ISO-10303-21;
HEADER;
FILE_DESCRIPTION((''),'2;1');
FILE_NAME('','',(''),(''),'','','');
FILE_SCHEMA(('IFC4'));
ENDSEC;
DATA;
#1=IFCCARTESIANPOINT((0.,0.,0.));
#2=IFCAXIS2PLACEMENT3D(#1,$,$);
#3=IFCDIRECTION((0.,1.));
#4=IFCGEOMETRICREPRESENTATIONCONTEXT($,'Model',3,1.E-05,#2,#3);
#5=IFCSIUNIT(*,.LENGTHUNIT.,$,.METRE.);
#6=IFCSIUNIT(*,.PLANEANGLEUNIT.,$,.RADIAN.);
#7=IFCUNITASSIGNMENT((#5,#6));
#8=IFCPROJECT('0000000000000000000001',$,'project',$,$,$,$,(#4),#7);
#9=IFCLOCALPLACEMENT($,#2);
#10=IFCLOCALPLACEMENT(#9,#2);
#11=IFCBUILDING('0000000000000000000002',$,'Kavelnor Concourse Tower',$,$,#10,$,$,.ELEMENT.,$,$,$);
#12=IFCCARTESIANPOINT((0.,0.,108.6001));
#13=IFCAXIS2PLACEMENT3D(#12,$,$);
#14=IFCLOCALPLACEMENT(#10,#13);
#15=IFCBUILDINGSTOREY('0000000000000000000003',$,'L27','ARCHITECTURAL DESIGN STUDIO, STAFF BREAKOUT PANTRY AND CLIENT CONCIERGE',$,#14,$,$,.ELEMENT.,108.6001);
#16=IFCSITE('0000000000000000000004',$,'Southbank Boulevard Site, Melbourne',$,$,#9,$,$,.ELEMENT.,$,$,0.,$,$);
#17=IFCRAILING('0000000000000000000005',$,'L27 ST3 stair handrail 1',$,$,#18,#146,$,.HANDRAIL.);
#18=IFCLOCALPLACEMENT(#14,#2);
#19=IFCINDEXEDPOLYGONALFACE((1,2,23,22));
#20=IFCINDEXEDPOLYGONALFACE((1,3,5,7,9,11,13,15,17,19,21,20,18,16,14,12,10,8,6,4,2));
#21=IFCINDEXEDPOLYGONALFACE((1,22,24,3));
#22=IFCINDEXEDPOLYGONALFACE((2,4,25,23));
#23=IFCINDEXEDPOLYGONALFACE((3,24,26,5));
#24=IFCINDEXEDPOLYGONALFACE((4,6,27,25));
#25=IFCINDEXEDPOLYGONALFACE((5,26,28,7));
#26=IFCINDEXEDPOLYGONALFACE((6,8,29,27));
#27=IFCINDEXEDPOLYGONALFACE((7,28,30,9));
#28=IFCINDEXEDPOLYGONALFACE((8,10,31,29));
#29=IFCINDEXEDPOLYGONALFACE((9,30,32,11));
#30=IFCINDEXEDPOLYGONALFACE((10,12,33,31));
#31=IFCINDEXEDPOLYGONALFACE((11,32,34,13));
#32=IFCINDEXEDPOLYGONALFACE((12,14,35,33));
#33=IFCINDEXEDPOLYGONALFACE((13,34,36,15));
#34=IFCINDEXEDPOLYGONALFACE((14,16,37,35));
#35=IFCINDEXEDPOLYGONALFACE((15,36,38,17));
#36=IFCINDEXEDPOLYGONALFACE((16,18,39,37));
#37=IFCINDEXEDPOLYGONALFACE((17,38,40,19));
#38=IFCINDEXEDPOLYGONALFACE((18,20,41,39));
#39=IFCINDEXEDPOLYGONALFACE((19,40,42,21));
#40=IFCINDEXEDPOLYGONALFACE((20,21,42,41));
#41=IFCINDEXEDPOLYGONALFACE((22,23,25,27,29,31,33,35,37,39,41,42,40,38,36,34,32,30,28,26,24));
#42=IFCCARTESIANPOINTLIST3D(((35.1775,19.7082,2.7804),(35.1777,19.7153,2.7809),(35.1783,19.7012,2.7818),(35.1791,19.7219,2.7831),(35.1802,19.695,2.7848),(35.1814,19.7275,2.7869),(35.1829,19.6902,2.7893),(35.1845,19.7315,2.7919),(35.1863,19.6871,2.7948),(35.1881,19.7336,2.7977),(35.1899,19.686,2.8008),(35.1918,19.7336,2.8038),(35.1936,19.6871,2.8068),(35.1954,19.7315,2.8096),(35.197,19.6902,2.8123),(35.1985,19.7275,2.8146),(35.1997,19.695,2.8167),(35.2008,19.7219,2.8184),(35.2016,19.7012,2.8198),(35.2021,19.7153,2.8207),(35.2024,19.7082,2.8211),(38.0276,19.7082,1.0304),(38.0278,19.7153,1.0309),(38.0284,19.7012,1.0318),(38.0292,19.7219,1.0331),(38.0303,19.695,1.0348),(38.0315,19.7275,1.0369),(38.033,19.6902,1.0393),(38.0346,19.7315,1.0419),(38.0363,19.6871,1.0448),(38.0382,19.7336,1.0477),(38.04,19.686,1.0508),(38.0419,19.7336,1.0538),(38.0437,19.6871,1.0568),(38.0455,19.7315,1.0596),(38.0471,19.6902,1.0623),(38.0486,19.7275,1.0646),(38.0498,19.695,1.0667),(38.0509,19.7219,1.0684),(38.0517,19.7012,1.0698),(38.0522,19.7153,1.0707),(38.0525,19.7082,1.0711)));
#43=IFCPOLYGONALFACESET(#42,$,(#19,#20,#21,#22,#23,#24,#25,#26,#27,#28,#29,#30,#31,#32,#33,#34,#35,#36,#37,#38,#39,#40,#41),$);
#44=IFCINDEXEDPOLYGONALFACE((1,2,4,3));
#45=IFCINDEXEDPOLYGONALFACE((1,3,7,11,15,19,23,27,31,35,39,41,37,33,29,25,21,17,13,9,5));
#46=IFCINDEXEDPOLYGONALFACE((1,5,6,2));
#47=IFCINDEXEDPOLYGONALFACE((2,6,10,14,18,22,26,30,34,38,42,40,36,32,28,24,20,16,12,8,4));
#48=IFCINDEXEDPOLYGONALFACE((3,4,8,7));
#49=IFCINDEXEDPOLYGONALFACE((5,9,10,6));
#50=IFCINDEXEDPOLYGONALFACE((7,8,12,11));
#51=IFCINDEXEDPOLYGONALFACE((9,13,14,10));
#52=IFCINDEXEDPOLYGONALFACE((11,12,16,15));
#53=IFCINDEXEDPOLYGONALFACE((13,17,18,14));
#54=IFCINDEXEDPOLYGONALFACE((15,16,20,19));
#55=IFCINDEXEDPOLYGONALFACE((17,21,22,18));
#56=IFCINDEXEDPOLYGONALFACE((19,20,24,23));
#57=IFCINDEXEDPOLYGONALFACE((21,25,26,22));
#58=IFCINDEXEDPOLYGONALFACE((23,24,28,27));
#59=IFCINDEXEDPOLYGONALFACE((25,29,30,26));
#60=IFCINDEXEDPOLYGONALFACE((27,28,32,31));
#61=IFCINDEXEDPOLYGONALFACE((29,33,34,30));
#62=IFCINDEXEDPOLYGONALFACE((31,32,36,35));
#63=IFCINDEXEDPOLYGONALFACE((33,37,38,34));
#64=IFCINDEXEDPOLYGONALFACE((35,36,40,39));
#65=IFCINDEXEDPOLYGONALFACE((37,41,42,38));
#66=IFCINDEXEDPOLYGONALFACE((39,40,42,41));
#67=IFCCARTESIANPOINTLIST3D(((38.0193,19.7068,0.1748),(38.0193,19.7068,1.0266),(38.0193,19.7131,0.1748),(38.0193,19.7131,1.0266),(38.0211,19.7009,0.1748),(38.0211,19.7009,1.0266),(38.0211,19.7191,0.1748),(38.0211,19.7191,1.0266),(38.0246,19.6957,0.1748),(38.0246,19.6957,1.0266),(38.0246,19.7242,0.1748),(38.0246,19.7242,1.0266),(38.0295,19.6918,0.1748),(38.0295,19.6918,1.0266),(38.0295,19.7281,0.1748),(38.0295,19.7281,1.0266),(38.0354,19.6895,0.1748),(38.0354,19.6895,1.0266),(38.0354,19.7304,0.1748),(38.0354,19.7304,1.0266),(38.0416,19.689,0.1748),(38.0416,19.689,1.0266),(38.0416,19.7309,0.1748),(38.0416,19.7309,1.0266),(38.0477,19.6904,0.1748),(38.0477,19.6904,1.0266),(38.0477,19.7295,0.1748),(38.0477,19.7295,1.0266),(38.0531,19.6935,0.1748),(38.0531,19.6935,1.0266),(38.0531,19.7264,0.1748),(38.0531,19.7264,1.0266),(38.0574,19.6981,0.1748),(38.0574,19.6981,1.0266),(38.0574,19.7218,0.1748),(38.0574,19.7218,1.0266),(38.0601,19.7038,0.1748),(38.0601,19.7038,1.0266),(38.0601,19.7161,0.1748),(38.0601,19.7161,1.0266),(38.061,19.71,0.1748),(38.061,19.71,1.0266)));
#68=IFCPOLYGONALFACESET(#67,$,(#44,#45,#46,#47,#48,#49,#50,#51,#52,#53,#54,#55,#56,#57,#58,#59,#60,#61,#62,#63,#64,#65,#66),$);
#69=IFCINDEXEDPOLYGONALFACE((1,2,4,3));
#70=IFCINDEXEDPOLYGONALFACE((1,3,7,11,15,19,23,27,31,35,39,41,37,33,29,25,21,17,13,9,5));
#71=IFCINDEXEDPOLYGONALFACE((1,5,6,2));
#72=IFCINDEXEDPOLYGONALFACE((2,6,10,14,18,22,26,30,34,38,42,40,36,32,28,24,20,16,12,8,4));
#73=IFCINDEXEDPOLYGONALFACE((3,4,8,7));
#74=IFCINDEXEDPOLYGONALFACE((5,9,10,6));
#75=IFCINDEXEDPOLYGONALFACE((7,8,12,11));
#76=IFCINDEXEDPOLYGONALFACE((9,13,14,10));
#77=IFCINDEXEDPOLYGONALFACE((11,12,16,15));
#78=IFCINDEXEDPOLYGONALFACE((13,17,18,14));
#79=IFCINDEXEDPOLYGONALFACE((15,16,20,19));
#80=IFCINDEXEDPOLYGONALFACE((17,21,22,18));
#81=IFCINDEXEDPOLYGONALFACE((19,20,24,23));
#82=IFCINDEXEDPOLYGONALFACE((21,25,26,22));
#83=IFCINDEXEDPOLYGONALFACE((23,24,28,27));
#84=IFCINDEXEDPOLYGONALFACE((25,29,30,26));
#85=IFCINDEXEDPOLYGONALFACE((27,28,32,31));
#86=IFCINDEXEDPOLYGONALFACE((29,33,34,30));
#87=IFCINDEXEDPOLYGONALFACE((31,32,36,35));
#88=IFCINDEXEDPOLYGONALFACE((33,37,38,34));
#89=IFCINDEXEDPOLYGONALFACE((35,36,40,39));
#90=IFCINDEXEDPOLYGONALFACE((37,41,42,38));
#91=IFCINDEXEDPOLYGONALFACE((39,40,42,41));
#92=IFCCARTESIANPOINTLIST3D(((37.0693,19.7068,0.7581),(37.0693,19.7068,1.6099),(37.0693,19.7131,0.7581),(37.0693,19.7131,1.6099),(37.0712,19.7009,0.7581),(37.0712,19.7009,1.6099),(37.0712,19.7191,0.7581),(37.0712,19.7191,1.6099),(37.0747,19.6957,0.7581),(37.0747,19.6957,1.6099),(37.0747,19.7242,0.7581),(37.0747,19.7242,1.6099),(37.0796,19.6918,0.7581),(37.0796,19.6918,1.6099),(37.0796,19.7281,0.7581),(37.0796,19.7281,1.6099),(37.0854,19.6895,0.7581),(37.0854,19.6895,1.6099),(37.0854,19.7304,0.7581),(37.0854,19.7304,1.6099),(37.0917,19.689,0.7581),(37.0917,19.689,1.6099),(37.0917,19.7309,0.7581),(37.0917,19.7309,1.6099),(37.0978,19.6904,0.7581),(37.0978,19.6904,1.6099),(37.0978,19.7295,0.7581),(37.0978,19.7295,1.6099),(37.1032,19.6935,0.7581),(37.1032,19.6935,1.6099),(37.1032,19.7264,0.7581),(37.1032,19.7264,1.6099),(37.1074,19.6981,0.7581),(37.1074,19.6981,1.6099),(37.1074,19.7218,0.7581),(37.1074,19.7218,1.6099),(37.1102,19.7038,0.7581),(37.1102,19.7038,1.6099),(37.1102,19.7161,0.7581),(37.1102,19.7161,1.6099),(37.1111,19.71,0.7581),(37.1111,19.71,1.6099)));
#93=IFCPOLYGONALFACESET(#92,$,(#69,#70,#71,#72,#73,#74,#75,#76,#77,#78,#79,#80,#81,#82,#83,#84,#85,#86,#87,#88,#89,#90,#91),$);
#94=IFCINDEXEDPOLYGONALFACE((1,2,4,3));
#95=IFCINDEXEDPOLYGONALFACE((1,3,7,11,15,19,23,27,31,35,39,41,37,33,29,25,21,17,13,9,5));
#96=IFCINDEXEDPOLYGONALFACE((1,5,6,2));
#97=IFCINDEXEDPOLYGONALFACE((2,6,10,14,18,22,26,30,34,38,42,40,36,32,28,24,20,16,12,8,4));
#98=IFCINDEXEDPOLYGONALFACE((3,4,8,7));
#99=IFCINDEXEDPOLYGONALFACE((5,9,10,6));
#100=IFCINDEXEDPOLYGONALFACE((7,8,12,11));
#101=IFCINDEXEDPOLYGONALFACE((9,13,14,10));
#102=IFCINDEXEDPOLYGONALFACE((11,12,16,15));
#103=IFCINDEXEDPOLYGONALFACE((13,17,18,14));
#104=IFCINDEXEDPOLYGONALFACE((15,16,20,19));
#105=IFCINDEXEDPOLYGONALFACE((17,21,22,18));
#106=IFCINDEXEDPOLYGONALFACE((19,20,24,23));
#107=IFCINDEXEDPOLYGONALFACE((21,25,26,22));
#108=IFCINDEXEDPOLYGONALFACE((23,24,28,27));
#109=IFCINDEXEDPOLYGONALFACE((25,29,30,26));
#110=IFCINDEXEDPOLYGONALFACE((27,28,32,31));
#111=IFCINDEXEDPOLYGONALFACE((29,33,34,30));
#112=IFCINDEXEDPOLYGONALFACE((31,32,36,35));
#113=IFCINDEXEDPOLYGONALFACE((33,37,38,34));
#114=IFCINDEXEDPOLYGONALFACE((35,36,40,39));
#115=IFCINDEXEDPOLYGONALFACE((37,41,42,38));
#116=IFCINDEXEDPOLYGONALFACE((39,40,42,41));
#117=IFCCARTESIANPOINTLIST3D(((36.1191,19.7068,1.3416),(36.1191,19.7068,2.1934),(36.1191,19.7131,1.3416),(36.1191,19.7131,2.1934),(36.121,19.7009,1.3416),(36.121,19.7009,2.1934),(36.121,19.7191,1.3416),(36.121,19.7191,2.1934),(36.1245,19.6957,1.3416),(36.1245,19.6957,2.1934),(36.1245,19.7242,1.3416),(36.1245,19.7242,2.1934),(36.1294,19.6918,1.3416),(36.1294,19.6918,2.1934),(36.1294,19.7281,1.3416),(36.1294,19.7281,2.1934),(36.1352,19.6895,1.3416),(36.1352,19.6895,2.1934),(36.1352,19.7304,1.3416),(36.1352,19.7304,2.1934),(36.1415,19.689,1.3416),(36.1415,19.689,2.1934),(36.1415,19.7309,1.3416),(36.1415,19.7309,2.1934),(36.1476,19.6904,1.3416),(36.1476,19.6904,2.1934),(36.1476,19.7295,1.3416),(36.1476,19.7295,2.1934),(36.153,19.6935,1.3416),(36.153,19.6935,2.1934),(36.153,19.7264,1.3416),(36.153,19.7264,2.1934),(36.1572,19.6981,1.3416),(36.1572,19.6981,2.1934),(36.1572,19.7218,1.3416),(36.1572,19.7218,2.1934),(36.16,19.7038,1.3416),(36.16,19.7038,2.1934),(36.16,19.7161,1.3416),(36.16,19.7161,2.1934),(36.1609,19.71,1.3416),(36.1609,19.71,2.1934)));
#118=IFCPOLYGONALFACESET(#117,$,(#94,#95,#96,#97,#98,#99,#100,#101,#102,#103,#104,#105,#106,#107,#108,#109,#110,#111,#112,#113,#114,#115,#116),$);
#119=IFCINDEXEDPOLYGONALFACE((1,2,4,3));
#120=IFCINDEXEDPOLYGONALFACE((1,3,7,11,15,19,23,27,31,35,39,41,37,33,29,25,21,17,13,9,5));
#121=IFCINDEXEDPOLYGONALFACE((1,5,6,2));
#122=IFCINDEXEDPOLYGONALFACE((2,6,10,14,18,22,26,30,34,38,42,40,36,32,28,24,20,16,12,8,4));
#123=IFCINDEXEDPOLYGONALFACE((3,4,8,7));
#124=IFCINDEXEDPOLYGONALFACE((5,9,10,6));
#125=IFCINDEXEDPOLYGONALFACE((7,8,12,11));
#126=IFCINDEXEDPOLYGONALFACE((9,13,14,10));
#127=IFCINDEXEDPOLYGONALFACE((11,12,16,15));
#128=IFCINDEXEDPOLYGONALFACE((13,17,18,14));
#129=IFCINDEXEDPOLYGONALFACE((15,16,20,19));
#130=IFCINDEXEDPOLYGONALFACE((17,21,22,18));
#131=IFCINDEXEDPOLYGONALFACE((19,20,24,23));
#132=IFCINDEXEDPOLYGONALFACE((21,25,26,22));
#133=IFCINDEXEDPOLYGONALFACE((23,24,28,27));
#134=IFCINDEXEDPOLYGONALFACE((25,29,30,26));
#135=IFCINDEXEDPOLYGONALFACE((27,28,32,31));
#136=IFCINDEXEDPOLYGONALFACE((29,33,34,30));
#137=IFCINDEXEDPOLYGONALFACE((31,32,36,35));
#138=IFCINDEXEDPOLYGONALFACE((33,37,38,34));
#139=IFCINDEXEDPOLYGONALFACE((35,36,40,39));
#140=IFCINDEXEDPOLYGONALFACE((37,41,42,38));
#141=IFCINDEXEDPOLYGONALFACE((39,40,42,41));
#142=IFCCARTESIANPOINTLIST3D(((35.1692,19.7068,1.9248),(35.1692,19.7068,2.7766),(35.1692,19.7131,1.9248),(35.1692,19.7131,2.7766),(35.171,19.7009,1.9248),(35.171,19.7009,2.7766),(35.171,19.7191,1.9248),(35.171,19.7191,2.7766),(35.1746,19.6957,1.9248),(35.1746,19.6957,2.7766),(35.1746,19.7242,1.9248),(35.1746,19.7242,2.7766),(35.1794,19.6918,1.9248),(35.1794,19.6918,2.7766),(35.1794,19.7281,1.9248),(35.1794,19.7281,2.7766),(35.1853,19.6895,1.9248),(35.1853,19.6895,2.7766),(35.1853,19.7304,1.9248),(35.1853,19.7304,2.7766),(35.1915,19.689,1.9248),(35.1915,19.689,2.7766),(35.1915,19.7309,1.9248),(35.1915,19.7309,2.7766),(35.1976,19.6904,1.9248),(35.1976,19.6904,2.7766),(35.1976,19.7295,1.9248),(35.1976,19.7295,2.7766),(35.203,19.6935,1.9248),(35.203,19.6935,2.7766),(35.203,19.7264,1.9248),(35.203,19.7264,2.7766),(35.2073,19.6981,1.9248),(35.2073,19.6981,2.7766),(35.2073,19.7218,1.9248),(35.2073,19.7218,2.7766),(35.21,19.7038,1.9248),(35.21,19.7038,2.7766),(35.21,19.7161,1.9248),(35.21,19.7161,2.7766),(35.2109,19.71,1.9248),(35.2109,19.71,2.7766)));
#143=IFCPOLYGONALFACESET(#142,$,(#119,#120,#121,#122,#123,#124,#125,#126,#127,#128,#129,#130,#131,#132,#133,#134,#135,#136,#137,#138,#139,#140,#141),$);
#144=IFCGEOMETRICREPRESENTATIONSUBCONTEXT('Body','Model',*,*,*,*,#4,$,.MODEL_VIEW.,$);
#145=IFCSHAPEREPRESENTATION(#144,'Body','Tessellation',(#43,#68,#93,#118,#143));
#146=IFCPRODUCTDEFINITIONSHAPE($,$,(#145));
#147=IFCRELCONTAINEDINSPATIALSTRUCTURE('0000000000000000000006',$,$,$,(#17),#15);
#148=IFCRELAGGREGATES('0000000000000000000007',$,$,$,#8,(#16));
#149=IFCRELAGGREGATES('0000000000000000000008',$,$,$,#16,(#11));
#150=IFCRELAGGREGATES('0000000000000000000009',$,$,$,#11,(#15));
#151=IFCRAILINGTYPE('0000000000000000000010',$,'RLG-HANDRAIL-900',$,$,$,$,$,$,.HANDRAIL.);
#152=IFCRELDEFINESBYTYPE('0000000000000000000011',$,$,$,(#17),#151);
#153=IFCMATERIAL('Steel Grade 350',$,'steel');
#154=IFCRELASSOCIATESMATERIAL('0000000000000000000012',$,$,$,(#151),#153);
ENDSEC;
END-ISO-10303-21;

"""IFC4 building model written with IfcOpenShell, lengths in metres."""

from ifc_helpers import new_model, si_unit, direction, frame, origin, origin_2d, place, context, subcontext, project, spatial, circle, extrude, material, type_object, element, save


model = new_model("IFC4")

# Units and contexts
model_context = context("Model", 3, precision=1e-05, world=origin(), true_north=direction((0.0, 1.0)))
body_context = subcontext(model_context, "Body", "Model", "MODEL_VIEW")
ifc_project = project(units=[si_unit("LENGTHUNIT", "METRE"), si_unit("PLANEANGLEUNIT", "RADIAN")], contexts=[model_context])

# Site, building, storey
site_placement = place(None, origin())
site = spatial("IfcSite", under=ifc_project, at=site_placement, Name="Southbank Boulevard Site, Melbourne", CompositionType="ELEMENT", RefElevation=0.0)
building_placement = place(site_placement, origin())
building = spatial("IfcBuilding", under=site, at=building_placement, Name="Kavelnor Concourse Tower", CompositionType="ELEMENT")
storey_placement = place(building_placement, frame((0.0, 0.0, 108.6001)))
storey = spatial("IfcBuildingStorey", under=building, at=storey_placement, Name="L27", Description="ARCHITECTURAL DESIGN STUDIO, STAFF BREAKOUT PANTRY AND CLIENT CONCIERGE", CompositionType="ELEMENT", Elevation=108.6001)

# Shared definitions
ifc_material_1 = material(Name="Steel Grade 350", Category="steel")

# Railing
railing_type_1 = type_object("IfcRailingType", Name="RLG-HANDRAIL-900", PredefinedType="HANDRAIL", material=ifc_material_1)
railing_1_placement = place(storey_placement, frame((38.04, 19.71, 0.1748)))
element("IfcRailing", 1, at=railing_1_placement, inside=storey, type_object=railing_type_1, Name="L27 ST3 stair handrail 1", PredefinedType="HANDRAIL", context=body_context, shape_type="SweptSolid", body=[
    extrude(circle(Radius=0.0239, at=origin_2d()), frame((0.0, 0.0, 0.876), z_axis=(-0.852179, 0.0, 0.52325), x_axis=(0.0, -1.0, 0.0)), (0.0, 0.0, 1.0), 3.3445),
    extrude(circle(Radius=0.021, at=origin_2d()), origin(), (0.0, 0.0, 1.0), 0.8518),
    extrude(circle(Radius=0.021, at=origin_2d()), frame((-0.95, 0.0, 0.5833)), (0.0, 0.0, 1.0), 0.8518),
    extrude(circle(Radius=0.021, at=origin_2d()), frame((-1.9001, 0.0, 1.1667)), (0.0, 0.0, 1.0), 0.8518),
    extrude(circle(Radius=0.021, at=origin_2d()), frame((-2.8501, 0.0, 1.75)), (0.0, 0.0, 1.0), 0.8518),
])

save(model, "model.ifc")
